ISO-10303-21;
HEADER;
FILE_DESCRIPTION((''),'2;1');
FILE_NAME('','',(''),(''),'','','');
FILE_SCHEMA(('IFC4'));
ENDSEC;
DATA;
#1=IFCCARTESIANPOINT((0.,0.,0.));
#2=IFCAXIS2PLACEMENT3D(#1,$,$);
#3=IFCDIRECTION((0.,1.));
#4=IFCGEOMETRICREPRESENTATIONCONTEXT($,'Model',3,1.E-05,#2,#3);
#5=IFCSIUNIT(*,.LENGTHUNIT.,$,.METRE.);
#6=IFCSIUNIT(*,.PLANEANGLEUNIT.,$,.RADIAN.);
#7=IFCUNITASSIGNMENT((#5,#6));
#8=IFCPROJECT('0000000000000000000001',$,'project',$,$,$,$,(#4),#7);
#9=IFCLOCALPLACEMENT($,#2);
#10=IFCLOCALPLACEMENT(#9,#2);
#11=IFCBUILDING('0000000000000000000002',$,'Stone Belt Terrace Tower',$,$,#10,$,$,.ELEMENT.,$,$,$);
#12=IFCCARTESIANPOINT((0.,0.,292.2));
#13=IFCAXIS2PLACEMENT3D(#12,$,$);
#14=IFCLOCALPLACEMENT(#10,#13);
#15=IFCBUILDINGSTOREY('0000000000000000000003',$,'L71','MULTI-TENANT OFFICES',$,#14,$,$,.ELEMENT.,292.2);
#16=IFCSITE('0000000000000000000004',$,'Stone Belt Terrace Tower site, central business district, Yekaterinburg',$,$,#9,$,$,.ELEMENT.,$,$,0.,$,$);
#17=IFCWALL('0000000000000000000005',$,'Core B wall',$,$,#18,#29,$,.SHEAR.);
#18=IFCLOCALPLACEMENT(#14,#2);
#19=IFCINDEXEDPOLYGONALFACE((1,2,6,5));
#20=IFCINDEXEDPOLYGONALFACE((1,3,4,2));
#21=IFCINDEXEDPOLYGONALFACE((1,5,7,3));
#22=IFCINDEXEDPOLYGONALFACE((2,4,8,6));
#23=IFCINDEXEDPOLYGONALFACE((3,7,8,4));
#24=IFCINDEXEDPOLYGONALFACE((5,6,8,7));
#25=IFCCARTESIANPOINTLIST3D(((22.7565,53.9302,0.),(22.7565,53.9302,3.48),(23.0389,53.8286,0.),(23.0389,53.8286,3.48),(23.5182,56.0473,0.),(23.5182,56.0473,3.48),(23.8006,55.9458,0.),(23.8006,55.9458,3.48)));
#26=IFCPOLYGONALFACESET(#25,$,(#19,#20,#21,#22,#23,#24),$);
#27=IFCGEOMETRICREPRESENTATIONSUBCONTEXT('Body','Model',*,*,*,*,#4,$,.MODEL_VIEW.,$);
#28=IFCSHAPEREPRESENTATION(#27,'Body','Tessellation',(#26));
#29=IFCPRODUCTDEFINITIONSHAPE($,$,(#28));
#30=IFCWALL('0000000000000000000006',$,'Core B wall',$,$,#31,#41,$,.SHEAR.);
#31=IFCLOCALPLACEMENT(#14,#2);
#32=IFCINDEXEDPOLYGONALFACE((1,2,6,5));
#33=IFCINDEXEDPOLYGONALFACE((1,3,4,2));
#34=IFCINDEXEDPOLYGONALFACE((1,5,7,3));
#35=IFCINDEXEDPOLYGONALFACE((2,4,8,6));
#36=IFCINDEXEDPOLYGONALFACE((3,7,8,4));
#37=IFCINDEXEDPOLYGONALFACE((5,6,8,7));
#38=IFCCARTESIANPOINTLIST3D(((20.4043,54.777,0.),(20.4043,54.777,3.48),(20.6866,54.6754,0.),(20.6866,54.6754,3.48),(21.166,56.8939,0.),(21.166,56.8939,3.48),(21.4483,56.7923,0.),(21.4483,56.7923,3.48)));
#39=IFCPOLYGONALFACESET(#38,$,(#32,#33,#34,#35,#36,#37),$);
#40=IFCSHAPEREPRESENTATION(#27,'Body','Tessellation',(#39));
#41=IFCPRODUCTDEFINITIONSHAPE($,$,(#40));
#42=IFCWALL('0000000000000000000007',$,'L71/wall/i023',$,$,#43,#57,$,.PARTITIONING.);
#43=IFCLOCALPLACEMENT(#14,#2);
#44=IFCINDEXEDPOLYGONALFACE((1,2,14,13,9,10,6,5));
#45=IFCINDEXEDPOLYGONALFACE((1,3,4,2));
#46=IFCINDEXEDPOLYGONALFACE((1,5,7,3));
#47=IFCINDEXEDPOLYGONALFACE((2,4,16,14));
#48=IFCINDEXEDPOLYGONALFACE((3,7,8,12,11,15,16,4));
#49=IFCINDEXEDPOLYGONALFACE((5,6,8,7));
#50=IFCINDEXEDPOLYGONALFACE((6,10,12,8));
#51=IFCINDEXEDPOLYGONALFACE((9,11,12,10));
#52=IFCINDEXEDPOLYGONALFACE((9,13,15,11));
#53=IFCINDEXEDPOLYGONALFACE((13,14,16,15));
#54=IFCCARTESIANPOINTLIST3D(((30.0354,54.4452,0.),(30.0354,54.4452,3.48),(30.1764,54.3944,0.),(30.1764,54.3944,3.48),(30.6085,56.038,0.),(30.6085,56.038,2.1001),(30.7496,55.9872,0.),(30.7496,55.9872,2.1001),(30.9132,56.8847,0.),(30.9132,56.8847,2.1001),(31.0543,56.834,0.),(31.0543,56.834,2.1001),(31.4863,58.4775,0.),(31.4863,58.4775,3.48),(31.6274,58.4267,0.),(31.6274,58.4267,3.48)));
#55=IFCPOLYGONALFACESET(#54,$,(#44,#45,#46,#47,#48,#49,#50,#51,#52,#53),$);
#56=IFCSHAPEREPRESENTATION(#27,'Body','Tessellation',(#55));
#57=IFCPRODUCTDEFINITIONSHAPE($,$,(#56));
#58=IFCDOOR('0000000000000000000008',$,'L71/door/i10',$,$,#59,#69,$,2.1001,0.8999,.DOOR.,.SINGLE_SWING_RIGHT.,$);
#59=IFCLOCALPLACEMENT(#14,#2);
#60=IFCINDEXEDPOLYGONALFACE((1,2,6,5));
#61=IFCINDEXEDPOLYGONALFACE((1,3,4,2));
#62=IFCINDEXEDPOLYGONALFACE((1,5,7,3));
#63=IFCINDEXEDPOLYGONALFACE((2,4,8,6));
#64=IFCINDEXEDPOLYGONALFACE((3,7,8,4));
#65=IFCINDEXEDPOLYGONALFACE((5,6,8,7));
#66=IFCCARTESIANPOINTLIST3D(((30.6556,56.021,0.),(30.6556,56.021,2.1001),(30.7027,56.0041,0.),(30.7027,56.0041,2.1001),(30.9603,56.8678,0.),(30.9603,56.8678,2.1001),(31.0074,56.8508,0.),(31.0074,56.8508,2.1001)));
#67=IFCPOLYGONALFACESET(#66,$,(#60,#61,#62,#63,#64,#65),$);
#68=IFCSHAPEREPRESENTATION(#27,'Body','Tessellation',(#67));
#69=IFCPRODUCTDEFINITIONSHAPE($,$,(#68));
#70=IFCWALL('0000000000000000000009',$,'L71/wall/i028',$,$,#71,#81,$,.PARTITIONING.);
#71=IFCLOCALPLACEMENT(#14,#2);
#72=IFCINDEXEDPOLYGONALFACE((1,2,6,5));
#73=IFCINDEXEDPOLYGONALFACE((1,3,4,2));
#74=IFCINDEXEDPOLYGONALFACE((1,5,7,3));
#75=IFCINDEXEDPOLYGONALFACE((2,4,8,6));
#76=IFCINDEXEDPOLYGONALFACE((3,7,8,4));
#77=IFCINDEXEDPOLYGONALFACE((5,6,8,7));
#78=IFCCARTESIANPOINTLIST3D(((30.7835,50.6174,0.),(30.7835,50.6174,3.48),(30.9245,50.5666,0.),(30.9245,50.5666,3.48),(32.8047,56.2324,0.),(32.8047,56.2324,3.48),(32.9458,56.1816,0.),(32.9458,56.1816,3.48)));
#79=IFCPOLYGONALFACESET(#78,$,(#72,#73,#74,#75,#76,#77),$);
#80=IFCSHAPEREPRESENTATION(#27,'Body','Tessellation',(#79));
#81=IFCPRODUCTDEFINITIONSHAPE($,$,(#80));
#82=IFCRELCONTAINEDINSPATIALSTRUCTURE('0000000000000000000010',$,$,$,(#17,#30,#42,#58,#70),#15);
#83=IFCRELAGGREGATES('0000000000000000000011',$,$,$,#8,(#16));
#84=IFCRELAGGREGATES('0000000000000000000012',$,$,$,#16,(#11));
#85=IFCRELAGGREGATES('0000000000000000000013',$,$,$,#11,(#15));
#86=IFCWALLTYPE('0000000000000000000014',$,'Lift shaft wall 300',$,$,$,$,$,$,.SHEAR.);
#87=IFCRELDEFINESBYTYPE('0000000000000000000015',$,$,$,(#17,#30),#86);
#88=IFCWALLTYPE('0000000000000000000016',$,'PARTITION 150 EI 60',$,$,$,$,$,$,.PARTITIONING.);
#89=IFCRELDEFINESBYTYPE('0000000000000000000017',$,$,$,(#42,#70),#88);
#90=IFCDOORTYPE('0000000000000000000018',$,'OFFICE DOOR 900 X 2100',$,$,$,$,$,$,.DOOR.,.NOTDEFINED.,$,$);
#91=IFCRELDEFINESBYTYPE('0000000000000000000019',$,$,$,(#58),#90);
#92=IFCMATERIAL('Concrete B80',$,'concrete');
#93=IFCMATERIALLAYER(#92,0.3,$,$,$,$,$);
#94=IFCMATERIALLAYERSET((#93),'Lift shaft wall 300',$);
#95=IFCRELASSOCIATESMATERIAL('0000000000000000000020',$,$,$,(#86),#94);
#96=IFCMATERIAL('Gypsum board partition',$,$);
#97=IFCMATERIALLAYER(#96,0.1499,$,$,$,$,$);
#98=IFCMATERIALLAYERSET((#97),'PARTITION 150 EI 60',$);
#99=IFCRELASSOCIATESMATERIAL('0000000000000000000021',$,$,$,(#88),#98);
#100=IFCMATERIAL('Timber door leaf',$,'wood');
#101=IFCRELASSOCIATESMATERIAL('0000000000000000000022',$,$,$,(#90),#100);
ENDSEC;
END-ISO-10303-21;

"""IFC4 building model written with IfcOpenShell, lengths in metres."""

from ifc_helpers import new_model, si_unit, direction, frame, frame_2d, origin, place, context, subcontext, project, spatial, rectangle, extrude, material, layer, layer_set, type_object, element, fill, save


model = new_model("IFC4")

# Units and contexts
model_context = context("Model", 3, precision=1e-05, world=origin(), true_north=direction((0.0, 1.0)))
body_context = subcontext(model_context, "Body", "Model", "MODEL_VIEW")
ifc_project = project(units=[si_unit("LENGTHUNIT", "METRE"), si_unit("PLANEANGLEUNIT", "RADIAN")], contexts=[model_context])

# Site, building, storey
site_placement = place(None, origin())
site = spatial("IfcSite", under=ifc_project, at=site_placement, Name="Stone Belt Terrace Tower site, central business district, Yekaterinburg", CompositionType="ELEMENT", RefElevation=0.0)
building_placement = place(site_placement, origin())
building = spatial("IfcBuilding", under=site, at=building_placement, Name="Stone Belt Terrace Tower", CompositionType="ELEMENT")
storey_placement = place(building_placement, frame((0.0, 0.0, 292.2)))
storey = spatial("IfcBuildingStorey", under=building, at=storey_placement, Name="L71", Description="MULTI-TENANT OFFICES", CompositionType="ELEMENT", Elevation=292.2)

# Shared definitions
ifc_material_1 = material(Name="Timber door leaf", Category="wood")
ifc_material_2 = material(Name="Concrete B80", Category="concrete")
ifc_layer_1 = layer(ifc_material_2, 0.3)
ifc_layer_set_1 = layer_set([ifc_layer_1], Name="Lift shaft wall 300")
wall_type_1 = type_object("IfcWallType", Name="Lift shaft wall 300", PredefinedType="SHEAR", material=ifc_layer_set_1)

# Walls
wall_1_placement = place(storey_placement, frame((22.8977, 53.8794, 0.0), z_axis=(0.0, 0.0, 1.0), x_axis=(0.338535, 0.940954, 0.0)))
element("IfcWall", 1, at=wall_1_placement, inside=storey, type_object=wall_type_1, Name="Core B wall", PredefinedType="SHEAR", context=body_context, shape_type="SweptSolid", body=[
    extrude(rectangle(XDim=2.25, YDim=0.3, at=frame_2d((1.125, 0.0))), origin(), (0.0, 0.0, 1.0), 3.48),
])
wall_2_placement = place(storey_placement, frame((20.5454, 54.7261, 0.0), z_axis=(0.0, 0.0, 1.0), x_axis=(0.33857, 0.940941, 0.0)))
element("IfcWall", 2, at=wall_2_placement, inside=storey, type_object=wall_type_1, Name="Core B wall", PredefinedType="SHEAR", context=body_context, shape_type="SweptSolid", body=[
    extrude(rectangle(XDim=2.2498, YDim=0.3, at=frame_2d((1.125, 0.0))), origin(), (0.0, 0.0, 1.0), 3.48),
])

# Wall, opening, door
ifc_material_3 = material(Name="Gypsum board partition")
ifc_layer_2 = layer(ifc_material_3, 0.1499)
ifc_layer_set_2 = layer_set([ifc_layer_2], Name="PARTITION 150 EI 60")
wall_type_2 = type_object("IfcWallType", Name="PARTITION 150 EI 60", PredefinedType="PARTITIONING", material=ifc_layer_set_2)
wall_3_placement = place(storey_placement, frame((30.106, 54.4199, 0.0), z_axis=(0.0, 0.0, 1.0), x_axis=(0.33858, 0.940938, 0.0)))
wall_3 = element("IfcWall", 3, at=wall_3_placement, inside=storey, type_object=wall_type_2, Name="L71/wall/i023", PredefinedType="PARTITIONING", context=body_context, shape_type="SweptSolid", body=[
    extrude(rectangle(XDim=4.2854, YDim=0.1499, at=frame_2d((2.1426, 0.0))), origin(), (0.0, 0.0, 1.0), 3.48),
])
opening_1_placement = place(wall_3_placement, frame((1.6926, 0.0, 0.0)))
opening_1 = element("IfcOpeningElement", 4, at=opening_1_placement, cuts=wall_3, PredefinedType="OPENING", context=body_context, shape_type="SweptSolid", body=[
    extrude(rectangle(XDim=0.8999, YDim=2.1001, at=frame_2d((0.45, 1.05))), frame((0.0, 0.085, 0.0), z_axis=(0.0, -1.0, 0.0), x_axis=(1.0, 0.0, 0.0)), (0.0, 0.0, 1.0), 0.1699),
])
door_type_1 = type_object("IfcDoorType", Name="OFFICE DOOR 900 X 2100", OperationType="NOTDEFINED", PredefinedType="DOOR", material=ifc_material_1)
door_1_placement = place(opening_1_placement, origin())
door_1 = element("IfcDoor", 5, at=door_1_placement, inside=storey, type_object=door_type_1, Name="L71/door/i10", OperationType="SINGLE_SWING_RIGHT", OverallHeight=2.1001, OverallWidth=0.8999, PredefinedType="DOOR", context=body_context, shape_type="SweptSolid", body=[
    extrude(rectangle(XDim=0.8999, YDim=2.1001, at=frame_2d((0.45, 1.05))), frame((0.0, 0.0249, 0.0), z_axis=(0.0, -1.0, 0.0), x_axis=(1.0, 0.0, 0.0)), (0.0, 0.0, 1.0), 0.05),
])
fill(opening_1, door_1)

# Wall
wall_4_placement = place(storey_placement, frame((32.8752, 56.207, 0.0), z_axis=(0.0, 0.0, 1.0), x_axis=(-0.338696, -0.940896, 0.0)))
element("IfcWall", 6, at=wall_4_placement, inside=storey, type_object=wall_type_2, Name="L71/wall/i028", PredefinedType="PARTITIONING", context=body_context, shape_type="SweptSolid", body=[
    extrude(rectangle(XDim=5.9678, YDim=0.1499, at=frame_2d((2.9839, 0.0))), origin(), (0.0, 0.0, 1.0), 3.48),
])

save(model, "model.ifc")
